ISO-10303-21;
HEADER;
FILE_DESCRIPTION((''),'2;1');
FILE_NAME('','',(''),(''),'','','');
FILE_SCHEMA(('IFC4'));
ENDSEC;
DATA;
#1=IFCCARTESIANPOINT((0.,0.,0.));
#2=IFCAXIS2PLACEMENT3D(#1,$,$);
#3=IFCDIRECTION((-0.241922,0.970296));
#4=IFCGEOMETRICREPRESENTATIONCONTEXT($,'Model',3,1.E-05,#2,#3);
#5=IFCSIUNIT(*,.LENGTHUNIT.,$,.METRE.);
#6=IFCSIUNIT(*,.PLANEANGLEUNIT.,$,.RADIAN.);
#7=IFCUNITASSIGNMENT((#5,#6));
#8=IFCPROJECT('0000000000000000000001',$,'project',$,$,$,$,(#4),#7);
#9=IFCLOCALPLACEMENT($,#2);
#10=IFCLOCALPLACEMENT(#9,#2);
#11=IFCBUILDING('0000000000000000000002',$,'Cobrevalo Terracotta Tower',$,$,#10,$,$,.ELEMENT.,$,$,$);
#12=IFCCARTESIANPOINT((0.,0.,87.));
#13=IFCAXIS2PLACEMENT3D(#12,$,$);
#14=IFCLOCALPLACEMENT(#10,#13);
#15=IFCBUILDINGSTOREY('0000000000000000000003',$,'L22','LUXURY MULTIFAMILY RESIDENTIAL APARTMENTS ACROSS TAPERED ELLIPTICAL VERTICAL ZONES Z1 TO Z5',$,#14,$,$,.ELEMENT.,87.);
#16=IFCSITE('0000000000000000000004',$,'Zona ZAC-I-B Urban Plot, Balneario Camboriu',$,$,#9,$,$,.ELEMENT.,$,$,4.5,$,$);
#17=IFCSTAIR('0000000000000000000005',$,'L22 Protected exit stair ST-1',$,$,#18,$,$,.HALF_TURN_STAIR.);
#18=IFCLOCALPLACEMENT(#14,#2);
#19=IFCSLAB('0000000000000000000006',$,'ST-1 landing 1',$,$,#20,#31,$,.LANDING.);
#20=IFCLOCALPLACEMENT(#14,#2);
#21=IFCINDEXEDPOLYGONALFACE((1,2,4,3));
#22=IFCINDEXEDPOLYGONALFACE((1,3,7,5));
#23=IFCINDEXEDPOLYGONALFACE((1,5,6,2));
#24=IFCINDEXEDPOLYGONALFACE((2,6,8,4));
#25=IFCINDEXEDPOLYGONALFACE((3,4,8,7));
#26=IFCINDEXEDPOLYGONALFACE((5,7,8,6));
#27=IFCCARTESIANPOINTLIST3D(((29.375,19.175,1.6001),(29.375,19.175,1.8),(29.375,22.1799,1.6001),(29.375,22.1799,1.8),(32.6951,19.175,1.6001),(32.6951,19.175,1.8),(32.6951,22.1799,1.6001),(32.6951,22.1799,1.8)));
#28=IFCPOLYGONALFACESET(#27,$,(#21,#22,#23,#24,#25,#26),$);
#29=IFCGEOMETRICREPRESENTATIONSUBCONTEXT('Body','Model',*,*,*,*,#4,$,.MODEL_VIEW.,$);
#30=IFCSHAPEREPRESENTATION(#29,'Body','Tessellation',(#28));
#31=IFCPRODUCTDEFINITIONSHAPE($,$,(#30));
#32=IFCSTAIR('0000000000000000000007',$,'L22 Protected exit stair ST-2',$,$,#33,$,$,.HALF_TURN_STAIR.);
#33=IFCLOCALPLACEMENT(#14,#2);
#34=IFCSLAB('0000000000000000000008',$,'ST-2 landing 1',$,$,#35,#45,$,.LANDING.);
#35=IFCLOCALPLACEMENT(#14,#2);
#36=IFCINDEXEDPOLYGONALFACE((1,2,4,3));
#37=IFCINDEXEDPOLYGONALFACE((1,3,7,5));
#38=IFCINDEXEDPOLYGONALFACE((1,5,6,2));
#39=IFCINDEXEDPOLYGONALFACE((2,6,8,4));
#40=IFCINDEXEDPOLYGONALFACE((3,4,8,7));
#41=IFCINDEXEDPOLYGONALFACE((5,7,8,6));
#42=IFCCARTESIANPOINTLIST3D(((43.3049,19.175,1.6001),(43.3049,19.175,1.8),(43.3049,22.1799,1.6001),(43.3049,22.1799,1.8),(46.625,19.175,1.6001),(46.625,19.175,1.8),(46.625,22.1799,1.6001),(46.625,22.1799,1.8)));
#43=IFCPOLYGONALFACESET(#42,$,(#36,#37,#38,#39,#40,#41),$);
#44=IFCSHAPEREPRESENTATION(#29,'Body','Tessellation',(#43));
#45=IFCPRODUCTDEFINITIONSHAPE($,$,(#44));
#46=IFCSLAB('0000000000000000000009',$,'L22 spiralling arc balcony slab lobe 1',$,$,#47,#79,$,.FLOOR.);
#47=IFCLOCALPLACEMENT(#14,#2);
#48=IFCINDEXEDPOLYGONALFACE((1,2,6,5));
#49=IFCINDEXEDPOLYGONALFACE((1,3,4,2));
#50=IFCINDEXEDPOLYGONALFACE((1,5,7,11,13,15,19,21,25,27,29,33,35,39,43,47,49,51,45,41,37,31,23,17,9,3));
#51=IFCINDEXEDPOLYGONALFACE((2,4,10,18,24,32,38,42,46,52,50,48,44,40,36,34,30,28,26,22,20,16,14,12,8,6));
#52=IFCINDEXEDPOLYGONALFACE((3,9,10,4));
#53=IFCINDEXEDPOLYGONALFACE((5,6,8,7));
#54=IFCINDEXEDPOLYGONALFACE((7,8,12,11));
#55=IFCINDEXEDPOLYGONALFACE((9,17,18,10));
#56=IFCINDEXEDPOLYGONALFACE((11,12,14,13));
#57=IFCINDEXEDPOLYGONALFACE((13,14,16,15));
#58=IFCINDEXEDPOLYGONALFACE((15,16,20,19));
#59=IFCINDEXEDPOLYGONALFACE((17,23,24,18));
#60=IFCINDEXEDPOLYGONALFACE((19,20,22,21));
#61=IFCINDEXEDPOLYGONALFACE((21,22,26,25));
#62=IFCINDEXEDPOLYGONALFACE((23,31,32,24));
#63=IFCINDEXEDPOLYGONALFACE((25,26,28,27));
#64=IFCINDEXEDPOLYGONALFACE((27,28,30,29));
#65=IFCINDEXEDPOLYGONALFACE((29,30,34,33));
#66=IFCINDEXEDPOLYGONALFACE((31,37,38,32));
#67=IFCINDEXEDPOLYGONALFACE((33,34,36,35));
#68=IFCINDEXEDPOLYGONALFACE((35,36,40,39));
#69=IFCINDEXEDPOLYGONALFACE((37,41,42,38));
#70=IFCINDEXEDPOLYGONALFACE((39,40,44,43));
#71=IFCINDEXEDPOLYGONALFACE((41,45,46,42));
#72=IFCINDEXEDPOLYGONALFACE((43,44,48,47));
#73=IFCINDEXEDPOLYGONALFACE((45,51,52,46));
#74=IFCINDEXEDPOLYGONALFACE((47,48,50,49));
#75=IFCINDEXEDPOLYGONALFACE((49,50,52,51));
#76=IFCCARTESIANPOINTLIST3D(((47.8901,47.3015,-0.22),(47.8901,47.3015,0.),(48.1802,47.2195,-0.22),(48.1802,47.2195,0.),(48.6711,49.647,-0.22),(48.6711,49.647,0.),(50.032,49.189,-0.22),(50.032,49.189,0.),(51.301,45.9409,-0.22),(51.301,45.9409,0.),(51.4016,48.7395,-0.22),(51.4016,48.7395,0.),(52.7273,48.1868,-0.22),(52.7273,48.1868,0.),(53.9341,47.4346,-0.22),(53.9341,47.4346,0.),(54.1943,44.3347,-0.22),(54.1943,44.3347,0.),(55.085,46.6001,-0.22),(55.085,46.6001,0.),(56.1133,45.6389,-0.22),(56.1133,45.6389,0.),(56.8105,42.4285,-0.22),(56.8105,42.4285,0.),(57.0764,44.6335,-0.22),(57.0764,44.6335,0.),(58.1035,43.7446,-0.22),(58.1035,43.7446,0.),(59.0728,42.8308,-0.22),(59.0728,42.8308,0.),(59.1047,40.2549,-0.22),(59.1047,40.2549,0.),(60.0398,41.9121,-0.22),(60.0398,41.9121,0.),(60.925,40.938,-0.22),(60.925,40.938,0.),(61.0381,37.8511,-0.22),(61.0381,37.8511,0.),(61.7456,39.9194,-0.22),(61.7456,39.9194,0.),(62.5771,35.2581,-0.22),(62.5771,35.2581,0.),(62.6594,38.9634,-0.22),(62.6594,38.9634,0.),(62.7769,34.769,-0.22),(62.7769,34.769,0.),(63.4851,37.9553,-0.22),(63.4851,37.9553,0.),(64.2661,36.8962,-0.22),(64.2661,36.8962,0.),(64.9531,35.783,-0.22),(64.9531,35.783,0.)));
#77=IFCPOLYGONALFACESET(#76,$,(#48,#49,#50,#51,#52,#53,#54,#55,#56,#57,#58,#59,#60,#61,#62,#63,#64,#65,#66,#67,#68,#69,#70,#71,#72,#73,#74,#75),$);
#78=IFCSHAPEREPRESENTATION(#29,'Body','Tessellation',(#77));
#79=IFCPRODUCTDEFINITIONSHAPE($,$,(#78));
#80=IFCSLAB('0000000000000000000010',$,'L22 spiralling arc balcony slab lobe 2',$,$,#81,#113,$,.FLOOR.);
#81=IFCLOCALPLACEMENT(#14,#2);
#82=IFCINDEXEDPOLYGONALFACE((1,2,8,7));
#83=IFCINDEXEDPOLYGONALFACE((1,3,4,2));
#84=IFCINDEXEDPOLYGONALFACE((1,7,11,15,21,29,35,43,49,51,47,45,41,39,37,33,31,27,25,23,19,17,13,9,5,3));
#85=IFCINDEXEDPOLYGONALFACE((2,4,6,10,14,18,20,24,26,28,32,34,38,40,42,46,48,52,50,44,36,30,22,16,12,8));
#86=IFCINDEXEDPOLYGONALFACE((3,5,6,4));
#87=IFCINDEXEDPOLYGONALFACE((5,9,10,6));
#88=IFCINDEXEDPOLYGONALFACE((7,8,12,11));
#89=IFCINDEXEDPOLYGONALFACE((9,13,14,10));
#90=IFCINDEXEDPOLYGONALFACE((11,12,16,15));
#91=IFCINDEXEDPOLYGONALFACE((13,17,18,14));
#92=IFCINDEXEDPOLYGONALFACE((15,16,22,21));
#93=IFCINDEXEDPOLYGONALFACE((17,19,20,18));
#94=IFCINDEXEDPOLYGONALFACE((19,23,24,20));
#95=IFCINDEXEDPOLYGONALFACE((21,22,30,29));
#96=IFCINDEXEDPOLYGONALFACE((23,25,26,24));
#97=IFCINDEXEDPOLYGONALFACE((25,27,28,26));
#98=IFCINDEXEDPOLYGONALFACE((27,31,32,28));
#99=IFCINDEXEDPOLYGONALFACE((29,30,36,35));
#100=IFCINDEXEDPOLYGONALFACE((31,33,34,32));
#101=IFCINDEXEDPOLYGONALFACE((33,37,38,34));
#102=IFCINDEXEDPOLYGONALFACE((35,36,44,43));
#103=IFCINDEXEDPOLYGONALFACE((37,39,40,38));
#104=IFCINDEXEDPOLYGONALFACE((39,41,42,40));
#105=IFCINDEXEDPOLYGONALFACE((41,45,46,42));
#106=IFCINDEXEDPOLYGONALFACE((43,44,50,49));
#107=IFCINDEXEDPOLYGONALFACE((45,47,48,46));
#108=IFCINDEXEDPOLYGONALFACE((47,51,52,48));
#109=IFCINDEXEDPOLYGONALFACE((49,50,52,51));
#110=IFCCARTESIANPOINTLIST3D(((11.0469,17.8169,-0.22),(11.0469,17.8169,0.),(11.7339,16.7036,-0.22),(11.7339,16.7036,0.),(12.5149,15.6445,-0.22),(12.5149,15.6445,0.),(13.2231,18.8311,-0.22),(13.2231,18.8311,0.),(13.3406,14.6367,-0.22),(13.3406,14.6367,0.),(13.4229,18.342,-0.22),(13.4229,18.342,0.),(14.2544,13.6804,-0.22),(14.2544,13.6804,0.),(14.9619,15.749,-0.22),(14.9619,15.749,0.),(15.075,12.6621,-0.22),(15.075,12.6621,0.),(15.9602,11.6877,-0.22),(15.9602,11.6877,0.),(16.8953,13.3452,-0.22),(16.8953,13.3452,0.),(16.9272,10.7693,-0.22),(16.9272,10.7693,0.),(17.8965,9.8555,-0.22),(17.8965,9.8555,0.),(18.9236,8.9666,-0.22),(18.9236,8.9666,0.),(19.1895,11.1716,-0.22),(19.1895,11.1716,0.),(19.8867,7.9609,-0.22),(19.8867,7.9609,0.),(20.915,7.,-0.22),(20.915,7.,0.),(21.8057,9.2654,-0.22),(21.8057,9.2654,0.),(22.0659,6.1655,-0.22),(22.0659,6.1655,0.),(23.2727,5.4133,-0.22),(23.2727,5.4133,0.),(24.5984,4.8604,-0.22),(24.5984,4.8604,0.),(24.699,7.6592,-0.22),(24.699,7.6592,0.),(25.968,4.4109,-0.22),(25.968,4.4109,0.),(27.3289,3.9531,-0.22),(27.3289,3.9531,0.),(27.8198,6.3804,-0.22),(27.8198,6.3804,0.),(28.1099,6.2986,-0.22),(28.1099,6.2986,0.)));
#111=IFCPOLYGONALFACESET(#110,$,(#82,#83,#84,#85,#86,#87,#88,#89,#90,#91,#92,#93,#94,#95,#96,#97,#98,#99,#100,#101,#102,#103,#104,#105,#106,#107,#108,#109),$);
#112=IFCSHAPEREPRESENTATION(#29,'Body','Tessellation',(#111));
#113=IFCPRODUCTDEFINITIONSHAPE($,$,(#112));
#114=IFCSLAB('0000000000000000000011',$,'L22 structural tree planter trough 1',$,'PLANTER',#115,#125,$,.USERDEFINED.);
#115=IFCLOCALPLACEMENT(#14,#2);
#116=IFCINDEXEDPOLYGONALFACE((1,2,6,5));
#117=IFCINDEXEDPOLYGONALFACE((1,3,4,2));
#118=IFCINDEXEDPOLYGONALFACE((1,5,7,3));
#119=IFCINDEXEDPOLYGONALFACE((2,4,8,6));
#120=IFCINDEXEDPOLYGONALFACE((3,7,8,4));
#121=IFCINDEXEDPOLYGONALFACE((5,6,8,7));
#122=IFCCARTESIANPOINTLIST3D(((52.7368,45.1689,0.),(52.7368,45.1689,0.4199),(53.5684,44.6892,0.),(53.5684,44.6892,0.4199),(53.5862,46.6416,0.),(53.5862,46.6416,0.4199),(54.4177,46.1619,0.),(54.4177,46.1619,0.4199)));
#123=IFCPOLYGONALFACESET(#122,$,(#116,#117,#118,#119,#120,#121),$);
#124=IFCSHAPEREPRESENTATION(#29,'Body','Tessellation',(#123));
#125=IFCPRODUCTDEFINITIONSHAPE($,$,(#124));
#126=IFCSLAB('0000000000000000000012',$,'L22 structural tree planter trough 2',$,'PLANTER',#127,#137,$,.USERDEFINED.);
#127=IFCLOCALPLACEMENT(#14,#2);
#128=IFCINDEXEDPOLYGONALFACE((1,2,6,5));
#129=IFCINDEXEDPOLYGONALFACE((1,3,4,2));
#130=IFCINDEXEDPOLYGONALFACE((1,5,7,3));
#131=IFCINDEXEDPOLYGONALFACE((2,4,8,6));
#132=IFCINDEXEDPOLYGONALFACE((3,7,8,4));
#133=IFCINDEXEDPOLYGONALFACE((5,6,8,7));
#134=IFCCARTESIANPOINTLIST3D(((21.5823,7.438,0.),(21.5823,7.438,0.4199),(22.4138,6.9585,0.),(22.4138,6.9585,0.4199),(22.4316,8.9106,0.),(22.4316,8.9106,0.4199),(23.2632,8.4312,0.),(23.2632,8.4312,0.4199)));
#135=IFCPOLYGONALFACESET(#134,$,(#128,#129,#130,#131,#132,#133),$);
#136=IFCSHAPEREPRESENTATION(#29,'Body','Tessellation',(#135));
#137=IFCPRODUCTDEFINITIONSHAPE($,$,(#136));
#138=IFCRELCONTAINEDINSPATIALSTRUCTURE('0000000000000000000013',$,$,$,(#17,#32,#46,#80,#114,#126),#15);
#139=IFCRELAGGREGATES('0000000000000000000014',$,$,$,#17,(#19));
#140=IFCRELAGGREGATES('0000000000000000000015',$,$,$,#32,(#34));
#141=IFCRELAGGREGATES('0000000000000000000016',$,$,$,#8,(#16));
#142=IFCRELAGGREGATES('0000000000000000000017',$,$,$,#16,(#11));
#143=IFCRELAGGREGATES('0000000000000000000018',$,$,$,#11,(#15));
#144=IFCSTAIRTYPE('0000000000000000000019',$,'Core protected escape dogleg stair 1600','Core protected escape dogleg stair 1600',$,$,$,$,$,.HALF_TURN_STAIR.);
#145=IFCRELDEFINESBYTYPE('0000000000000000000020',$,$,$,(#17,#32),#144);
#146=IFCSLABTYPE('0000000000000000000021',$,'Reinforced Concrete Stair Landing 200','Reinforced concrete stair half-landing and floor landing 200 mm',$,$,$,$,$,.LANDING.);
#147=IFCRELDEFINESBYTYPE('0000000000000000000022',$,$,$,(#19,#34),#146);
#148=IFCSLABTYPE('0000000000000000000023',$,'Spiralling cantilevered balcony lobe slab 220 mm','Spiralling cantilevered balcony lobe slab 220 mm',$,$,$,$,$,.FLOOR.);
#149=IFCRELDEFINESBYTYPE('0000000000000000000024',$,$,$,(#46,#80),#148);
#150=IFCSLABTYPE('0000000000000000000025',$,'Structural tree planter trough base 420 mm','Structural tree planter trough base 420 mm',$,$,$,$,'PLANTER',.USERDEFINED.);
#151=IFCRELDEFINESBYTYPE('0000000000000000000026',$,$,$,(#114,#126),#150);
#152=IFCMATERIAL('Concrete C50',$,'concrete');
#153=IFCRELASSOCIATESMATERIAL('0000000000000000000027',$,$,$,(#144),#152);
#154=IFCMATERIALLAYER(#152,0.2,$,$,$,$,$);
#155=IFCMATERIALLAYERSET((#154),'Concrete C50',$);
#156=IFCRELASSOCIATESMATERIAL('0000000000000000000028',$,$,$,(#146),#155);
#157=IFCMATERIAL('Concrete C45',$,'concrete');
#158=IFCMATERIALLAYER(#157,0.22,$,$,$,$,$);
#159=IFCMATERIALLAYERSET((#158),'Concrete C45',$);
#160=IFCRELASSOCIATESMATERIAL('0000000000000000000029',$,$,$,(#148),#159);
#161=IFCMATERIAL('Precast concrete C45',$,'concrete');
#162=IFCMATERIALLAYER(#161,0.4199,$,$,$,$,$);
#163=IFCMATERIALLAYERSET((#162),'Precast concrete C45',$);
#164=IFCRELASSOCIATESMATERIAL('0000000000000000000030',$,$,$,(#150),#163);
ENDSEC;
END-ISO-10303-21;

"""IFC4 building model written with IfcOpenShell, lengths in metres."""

from ifc_helpers import new_model, si_unit, direction, frame, origin, place, context, subcontext, project, spatial, polyline, outline, extrude, material, layer, layer_set, type_object, element, aggregate, save


model = new_model("IFC4")

# Units and contexts
model_context = context("Model", 3, precision=1e-05, world=origin(), true_north=direction((-0.241922, 0.970296)))
body_context = subcontext(model_context, "Body", "Model", "MODEL_VIEW")
ifc_project = project(units=[si_unit("LENGTHUNIT", "METRE"), si_unit("PLANEANGLEUNIT", "RADIAN")], contexts=[model_context])

# Site, building, storey
site_placement = place(None, origin())
site = spatial("IfcSite", under=ifc_project, at=site_placement, Name="Zona ZAC-I-B Urban Plot, Balneario Camboriu", CompositionType="ELEMENT", RefElevation=4.5)
building_placement = place(site_placement, origin())
building = spatial("IfcBuilding", under=site, at=building_placement, Name="Cobrevalo Terracotta Tower", CompositionType="ELEMENT")
storey_placement = place(building_placement, frame((0.0, 0.0, 87.0)))
storey = spatial("IfcBuildingStorey", under=building, at=storey_placement, Name="L22", Description="LUXURY MULTIFAMILY RESIDENTIAL APARTMENTS ACROSS TAPERED ELLIPTICAL VERTICAL ZONES Z1 TO Z5", CompositionType="ELEMENT", Elevation=87.0)

# Stairs, slabs
ifc_material_1 = material(Name="Concrete C50", Category="concrete")
stair_type = type_object("IfcStairType", Name="Core protected escape dogleg stair 1600", Description="Core protected escape dogleg stair 1600", PredefinedType="HALF_TURN_STAIR", material=ifc_material_1)
stair_1_placement = place(storey_placement, origin())
stair_1 = element("IfcStair", 1, at=stair_1_placement, inside=storey, type_object=stair_type, Name="L22 Protected exit stair ST-1", PredefinedType="HALF_TURN_STAIR")
ifc_layer_1 = layer(ifc_material_1, 0.2)
ifc_layer_set_1 = layer_set([ifc_layer_1], Name="Concrete C50")
slab_type_1 = type_object("IfcSlabType", Name="Reinforced Concrete Stair Landing 200", Description="Reinforced concrete stair half-landing and floor landing 200 mm", PredefinedType="LANDING", material=ifc_layer_set_1)
slab_1_placement = place(storey_placement, frame((0.0, 0.0, 1.6001)))
slab_1 = element("IfcSlab", 2, at=slab_1_placement, type_object=slab_type_1, Name="ST-1 landing 1", PredefinedType="LANDING", context=body_context, shape_type="SweptSolid", body=[
    extrude(outline(polyline([(29.375, 22.1799), (29.375, 19.175), (32.6951, 19.175), (32.6951, 22.1799), (29.375, 22.1799)])), origin(), (0.0, 0.0, 1.0), 0.2),
])
aggregate(stair_1, [slab_1])
stair_2_placement = place(storey_placement, origin())
stair_2 = element("IfcStair", 3, at=stair_2_placement, inside=storey, type_object=stair_type, Name="L22 Protected exit stair ST-2", PredefinedType="HALF_TURN_STAIR")
slab_2_placement = place(storey_placement, frame((0.0, 0.0, 1.6001)))
slab_2 = element("IfcSlab", 4, at=slab_2_placement, type_object=slab_type_1, Name="ST-2 landing 1", PredefinedType="LANDING", context=body_context, shape_type="SweptSolid", body=[
    extrude(outline(polyline([(43.3049, 22.1799), (43.3049, 19.175), (46.625, 19.175), (46.625, 22.1799), (43.3049, 22.1799)])), origin(), (0.0, 0.0, 1.0), 0.2),
])
aggregate(stair_2, [slab_2])

# Slabs
ifc_material_2 = material(Name="Concrete C45", Category="concrete")
ifc_layer_2 = layer(ifc_material_2, 0.22)
ifc_layer_set_2 = layer_set([ifc_layer_2], Name="Concrete C45")
slab_type_2 = type_object("IfcSlabType", Name="Spiralling cantilevered balcony lobe slab 220 mm", Description="Spiralling cantilevered balcony lobe slab 220 mm", PredefinedType="FLOOR", material=ifc_layer_set_2)
slab_3_placement = place(storey_placement, frame((0.0, 0.0, -0.22)))
element("IfcSlab", 5, at=slab_3_placement, inside=storey, type_object=slab_type_2, Name="L22 spiralling arc balcony slab lobe 1", PredefinedType="FLOOR", context=body_context, shape_type="SweptSolid", body=[
    extrude(outline(polyline([(64.9531, 35.783), (64.2661, 36.8962), (63.4851, 37.9553), (62.6594, 38.9634), (61.7456, 39.9194), (60.925, 40.938), (60.0398, 41.9121), (59.0728, 42.8308), (58.1035, 43.7446), (57.0764, 44.6335), (56.1133, 45.6389), (55.085, 46.6001), (53.9341, 47.4346), (52.7273, 48.1868), (51.4016, 48.7395), (50.032, 49.189), (48.6711, 49.647), (47.8901, 47.3015), (48.1802, 47.2195), (51.301, 45.9409), (54.1943, 44.3347), (56.8105, 42.4285), (59.1047, 40.2549), (61.0381, 37.8511), (62.5771, 35.2581), (62.7769, 34.769), (64.9531, 35.783)])), origin(), (0.0, 0.0, 1.0), 0.22),
])
slab_4_placement = place(storey_placement, frame((0.0, 0.0, -0.22)))
element("IfcSlab", 6, at=slab_4_placement, inside=storey, type_object=slab_type_2, Name="L22 spiralling arc balcony slab lobe 2", PredefinedType="FLOOR", context=body_context, shape_type="SweptSolid", body=[
    extrude(outline(polyline([(11.0469, 17.8169), (11.7339, 16.7036), (12.5149, 15.6445), (13.3406, 14.6367), (14.2544, 13.6804), (15.075, 12.6621), (15.9602, 11.6877), (16.9272, 10.7693), (17.8965, 9.8555), (18.9236, 8.9666), (19.8867, 7.9609), (20.915, 7.0), (22.0659, 6.1655), (23.2727, 5.4133), (24.5984, 4.8604), (25.968, 4.4109), (27.3289, 3.9531), (28.1099, 6.2986), (27.8198, 6.3804), (24.699, 7.6592), (21.8057, 9.2654), (19.1895, 11.1716), (16.8953, 13.3452), (14.9619, 15.749), (13.4229, 18.342), (13.2231, 18.8311), (11.0469, 17.8169)])), origin(), (0.0, 0.0, 1.0), 0.22),
])
ifc_material_3 = material(Name="Precast concrete C45", Category="concrete")
ifc_layer_3 = layer(ifc_material_3, 0.4199)
ifc_layer_set_3 = layer_set([ifc_layer_3], Name="Precast concrete C45")
slab_type_3 = type_object("IfcSlabType", Name="Structural tree planter trough base 420 mm", Description="Structural tree planter trough base 420 mm", ElementType="PLANTER", PredefinedType="USERDEFINED", material=ifc_layer_set_3)
slab_5_placement = place(storey_placement, origin())
element("IfcSlab", 7, at=slab_5_placement, inside=storey, type_object=slab_type_3, Name="L22 structural tree planter trough 1", ObjectType="PLANTER", PredefinedType="USERDEFINED", context=body_context, shape_type="SweptSolid", body=[
    extrude(outline(polyline([(53.5684, 44.6892), (54.4177, 46.1619), (53.5862, 46.6416), (52.7368, 45.1689), (53.5684, 44.6892)])), origin(), (0.0, 0.0, 1.0), 0.4199),
])
slab_6_placement = place(storey_placement, origin())
element("IfcSlab", 8, at=slab_6_placement, inside=storey, type_object=slab_type_3, Name="L22 structural tree planter trough 2", ObjectType="PLANTER", PredefinedType="USERDEFINED", context=body_context, shape_type="SweptSolid", body=[
    extrude(outline(polyline([(22.4316, 8.9106), (21.5823, 7.438), (22.4138, 6.9585), (23.2632, 8.4312), (22.4316, 8.9106)])), origin(), (0.0, 0.0, 1.0), 0.4199),
])

save(model, "model.ifc")
